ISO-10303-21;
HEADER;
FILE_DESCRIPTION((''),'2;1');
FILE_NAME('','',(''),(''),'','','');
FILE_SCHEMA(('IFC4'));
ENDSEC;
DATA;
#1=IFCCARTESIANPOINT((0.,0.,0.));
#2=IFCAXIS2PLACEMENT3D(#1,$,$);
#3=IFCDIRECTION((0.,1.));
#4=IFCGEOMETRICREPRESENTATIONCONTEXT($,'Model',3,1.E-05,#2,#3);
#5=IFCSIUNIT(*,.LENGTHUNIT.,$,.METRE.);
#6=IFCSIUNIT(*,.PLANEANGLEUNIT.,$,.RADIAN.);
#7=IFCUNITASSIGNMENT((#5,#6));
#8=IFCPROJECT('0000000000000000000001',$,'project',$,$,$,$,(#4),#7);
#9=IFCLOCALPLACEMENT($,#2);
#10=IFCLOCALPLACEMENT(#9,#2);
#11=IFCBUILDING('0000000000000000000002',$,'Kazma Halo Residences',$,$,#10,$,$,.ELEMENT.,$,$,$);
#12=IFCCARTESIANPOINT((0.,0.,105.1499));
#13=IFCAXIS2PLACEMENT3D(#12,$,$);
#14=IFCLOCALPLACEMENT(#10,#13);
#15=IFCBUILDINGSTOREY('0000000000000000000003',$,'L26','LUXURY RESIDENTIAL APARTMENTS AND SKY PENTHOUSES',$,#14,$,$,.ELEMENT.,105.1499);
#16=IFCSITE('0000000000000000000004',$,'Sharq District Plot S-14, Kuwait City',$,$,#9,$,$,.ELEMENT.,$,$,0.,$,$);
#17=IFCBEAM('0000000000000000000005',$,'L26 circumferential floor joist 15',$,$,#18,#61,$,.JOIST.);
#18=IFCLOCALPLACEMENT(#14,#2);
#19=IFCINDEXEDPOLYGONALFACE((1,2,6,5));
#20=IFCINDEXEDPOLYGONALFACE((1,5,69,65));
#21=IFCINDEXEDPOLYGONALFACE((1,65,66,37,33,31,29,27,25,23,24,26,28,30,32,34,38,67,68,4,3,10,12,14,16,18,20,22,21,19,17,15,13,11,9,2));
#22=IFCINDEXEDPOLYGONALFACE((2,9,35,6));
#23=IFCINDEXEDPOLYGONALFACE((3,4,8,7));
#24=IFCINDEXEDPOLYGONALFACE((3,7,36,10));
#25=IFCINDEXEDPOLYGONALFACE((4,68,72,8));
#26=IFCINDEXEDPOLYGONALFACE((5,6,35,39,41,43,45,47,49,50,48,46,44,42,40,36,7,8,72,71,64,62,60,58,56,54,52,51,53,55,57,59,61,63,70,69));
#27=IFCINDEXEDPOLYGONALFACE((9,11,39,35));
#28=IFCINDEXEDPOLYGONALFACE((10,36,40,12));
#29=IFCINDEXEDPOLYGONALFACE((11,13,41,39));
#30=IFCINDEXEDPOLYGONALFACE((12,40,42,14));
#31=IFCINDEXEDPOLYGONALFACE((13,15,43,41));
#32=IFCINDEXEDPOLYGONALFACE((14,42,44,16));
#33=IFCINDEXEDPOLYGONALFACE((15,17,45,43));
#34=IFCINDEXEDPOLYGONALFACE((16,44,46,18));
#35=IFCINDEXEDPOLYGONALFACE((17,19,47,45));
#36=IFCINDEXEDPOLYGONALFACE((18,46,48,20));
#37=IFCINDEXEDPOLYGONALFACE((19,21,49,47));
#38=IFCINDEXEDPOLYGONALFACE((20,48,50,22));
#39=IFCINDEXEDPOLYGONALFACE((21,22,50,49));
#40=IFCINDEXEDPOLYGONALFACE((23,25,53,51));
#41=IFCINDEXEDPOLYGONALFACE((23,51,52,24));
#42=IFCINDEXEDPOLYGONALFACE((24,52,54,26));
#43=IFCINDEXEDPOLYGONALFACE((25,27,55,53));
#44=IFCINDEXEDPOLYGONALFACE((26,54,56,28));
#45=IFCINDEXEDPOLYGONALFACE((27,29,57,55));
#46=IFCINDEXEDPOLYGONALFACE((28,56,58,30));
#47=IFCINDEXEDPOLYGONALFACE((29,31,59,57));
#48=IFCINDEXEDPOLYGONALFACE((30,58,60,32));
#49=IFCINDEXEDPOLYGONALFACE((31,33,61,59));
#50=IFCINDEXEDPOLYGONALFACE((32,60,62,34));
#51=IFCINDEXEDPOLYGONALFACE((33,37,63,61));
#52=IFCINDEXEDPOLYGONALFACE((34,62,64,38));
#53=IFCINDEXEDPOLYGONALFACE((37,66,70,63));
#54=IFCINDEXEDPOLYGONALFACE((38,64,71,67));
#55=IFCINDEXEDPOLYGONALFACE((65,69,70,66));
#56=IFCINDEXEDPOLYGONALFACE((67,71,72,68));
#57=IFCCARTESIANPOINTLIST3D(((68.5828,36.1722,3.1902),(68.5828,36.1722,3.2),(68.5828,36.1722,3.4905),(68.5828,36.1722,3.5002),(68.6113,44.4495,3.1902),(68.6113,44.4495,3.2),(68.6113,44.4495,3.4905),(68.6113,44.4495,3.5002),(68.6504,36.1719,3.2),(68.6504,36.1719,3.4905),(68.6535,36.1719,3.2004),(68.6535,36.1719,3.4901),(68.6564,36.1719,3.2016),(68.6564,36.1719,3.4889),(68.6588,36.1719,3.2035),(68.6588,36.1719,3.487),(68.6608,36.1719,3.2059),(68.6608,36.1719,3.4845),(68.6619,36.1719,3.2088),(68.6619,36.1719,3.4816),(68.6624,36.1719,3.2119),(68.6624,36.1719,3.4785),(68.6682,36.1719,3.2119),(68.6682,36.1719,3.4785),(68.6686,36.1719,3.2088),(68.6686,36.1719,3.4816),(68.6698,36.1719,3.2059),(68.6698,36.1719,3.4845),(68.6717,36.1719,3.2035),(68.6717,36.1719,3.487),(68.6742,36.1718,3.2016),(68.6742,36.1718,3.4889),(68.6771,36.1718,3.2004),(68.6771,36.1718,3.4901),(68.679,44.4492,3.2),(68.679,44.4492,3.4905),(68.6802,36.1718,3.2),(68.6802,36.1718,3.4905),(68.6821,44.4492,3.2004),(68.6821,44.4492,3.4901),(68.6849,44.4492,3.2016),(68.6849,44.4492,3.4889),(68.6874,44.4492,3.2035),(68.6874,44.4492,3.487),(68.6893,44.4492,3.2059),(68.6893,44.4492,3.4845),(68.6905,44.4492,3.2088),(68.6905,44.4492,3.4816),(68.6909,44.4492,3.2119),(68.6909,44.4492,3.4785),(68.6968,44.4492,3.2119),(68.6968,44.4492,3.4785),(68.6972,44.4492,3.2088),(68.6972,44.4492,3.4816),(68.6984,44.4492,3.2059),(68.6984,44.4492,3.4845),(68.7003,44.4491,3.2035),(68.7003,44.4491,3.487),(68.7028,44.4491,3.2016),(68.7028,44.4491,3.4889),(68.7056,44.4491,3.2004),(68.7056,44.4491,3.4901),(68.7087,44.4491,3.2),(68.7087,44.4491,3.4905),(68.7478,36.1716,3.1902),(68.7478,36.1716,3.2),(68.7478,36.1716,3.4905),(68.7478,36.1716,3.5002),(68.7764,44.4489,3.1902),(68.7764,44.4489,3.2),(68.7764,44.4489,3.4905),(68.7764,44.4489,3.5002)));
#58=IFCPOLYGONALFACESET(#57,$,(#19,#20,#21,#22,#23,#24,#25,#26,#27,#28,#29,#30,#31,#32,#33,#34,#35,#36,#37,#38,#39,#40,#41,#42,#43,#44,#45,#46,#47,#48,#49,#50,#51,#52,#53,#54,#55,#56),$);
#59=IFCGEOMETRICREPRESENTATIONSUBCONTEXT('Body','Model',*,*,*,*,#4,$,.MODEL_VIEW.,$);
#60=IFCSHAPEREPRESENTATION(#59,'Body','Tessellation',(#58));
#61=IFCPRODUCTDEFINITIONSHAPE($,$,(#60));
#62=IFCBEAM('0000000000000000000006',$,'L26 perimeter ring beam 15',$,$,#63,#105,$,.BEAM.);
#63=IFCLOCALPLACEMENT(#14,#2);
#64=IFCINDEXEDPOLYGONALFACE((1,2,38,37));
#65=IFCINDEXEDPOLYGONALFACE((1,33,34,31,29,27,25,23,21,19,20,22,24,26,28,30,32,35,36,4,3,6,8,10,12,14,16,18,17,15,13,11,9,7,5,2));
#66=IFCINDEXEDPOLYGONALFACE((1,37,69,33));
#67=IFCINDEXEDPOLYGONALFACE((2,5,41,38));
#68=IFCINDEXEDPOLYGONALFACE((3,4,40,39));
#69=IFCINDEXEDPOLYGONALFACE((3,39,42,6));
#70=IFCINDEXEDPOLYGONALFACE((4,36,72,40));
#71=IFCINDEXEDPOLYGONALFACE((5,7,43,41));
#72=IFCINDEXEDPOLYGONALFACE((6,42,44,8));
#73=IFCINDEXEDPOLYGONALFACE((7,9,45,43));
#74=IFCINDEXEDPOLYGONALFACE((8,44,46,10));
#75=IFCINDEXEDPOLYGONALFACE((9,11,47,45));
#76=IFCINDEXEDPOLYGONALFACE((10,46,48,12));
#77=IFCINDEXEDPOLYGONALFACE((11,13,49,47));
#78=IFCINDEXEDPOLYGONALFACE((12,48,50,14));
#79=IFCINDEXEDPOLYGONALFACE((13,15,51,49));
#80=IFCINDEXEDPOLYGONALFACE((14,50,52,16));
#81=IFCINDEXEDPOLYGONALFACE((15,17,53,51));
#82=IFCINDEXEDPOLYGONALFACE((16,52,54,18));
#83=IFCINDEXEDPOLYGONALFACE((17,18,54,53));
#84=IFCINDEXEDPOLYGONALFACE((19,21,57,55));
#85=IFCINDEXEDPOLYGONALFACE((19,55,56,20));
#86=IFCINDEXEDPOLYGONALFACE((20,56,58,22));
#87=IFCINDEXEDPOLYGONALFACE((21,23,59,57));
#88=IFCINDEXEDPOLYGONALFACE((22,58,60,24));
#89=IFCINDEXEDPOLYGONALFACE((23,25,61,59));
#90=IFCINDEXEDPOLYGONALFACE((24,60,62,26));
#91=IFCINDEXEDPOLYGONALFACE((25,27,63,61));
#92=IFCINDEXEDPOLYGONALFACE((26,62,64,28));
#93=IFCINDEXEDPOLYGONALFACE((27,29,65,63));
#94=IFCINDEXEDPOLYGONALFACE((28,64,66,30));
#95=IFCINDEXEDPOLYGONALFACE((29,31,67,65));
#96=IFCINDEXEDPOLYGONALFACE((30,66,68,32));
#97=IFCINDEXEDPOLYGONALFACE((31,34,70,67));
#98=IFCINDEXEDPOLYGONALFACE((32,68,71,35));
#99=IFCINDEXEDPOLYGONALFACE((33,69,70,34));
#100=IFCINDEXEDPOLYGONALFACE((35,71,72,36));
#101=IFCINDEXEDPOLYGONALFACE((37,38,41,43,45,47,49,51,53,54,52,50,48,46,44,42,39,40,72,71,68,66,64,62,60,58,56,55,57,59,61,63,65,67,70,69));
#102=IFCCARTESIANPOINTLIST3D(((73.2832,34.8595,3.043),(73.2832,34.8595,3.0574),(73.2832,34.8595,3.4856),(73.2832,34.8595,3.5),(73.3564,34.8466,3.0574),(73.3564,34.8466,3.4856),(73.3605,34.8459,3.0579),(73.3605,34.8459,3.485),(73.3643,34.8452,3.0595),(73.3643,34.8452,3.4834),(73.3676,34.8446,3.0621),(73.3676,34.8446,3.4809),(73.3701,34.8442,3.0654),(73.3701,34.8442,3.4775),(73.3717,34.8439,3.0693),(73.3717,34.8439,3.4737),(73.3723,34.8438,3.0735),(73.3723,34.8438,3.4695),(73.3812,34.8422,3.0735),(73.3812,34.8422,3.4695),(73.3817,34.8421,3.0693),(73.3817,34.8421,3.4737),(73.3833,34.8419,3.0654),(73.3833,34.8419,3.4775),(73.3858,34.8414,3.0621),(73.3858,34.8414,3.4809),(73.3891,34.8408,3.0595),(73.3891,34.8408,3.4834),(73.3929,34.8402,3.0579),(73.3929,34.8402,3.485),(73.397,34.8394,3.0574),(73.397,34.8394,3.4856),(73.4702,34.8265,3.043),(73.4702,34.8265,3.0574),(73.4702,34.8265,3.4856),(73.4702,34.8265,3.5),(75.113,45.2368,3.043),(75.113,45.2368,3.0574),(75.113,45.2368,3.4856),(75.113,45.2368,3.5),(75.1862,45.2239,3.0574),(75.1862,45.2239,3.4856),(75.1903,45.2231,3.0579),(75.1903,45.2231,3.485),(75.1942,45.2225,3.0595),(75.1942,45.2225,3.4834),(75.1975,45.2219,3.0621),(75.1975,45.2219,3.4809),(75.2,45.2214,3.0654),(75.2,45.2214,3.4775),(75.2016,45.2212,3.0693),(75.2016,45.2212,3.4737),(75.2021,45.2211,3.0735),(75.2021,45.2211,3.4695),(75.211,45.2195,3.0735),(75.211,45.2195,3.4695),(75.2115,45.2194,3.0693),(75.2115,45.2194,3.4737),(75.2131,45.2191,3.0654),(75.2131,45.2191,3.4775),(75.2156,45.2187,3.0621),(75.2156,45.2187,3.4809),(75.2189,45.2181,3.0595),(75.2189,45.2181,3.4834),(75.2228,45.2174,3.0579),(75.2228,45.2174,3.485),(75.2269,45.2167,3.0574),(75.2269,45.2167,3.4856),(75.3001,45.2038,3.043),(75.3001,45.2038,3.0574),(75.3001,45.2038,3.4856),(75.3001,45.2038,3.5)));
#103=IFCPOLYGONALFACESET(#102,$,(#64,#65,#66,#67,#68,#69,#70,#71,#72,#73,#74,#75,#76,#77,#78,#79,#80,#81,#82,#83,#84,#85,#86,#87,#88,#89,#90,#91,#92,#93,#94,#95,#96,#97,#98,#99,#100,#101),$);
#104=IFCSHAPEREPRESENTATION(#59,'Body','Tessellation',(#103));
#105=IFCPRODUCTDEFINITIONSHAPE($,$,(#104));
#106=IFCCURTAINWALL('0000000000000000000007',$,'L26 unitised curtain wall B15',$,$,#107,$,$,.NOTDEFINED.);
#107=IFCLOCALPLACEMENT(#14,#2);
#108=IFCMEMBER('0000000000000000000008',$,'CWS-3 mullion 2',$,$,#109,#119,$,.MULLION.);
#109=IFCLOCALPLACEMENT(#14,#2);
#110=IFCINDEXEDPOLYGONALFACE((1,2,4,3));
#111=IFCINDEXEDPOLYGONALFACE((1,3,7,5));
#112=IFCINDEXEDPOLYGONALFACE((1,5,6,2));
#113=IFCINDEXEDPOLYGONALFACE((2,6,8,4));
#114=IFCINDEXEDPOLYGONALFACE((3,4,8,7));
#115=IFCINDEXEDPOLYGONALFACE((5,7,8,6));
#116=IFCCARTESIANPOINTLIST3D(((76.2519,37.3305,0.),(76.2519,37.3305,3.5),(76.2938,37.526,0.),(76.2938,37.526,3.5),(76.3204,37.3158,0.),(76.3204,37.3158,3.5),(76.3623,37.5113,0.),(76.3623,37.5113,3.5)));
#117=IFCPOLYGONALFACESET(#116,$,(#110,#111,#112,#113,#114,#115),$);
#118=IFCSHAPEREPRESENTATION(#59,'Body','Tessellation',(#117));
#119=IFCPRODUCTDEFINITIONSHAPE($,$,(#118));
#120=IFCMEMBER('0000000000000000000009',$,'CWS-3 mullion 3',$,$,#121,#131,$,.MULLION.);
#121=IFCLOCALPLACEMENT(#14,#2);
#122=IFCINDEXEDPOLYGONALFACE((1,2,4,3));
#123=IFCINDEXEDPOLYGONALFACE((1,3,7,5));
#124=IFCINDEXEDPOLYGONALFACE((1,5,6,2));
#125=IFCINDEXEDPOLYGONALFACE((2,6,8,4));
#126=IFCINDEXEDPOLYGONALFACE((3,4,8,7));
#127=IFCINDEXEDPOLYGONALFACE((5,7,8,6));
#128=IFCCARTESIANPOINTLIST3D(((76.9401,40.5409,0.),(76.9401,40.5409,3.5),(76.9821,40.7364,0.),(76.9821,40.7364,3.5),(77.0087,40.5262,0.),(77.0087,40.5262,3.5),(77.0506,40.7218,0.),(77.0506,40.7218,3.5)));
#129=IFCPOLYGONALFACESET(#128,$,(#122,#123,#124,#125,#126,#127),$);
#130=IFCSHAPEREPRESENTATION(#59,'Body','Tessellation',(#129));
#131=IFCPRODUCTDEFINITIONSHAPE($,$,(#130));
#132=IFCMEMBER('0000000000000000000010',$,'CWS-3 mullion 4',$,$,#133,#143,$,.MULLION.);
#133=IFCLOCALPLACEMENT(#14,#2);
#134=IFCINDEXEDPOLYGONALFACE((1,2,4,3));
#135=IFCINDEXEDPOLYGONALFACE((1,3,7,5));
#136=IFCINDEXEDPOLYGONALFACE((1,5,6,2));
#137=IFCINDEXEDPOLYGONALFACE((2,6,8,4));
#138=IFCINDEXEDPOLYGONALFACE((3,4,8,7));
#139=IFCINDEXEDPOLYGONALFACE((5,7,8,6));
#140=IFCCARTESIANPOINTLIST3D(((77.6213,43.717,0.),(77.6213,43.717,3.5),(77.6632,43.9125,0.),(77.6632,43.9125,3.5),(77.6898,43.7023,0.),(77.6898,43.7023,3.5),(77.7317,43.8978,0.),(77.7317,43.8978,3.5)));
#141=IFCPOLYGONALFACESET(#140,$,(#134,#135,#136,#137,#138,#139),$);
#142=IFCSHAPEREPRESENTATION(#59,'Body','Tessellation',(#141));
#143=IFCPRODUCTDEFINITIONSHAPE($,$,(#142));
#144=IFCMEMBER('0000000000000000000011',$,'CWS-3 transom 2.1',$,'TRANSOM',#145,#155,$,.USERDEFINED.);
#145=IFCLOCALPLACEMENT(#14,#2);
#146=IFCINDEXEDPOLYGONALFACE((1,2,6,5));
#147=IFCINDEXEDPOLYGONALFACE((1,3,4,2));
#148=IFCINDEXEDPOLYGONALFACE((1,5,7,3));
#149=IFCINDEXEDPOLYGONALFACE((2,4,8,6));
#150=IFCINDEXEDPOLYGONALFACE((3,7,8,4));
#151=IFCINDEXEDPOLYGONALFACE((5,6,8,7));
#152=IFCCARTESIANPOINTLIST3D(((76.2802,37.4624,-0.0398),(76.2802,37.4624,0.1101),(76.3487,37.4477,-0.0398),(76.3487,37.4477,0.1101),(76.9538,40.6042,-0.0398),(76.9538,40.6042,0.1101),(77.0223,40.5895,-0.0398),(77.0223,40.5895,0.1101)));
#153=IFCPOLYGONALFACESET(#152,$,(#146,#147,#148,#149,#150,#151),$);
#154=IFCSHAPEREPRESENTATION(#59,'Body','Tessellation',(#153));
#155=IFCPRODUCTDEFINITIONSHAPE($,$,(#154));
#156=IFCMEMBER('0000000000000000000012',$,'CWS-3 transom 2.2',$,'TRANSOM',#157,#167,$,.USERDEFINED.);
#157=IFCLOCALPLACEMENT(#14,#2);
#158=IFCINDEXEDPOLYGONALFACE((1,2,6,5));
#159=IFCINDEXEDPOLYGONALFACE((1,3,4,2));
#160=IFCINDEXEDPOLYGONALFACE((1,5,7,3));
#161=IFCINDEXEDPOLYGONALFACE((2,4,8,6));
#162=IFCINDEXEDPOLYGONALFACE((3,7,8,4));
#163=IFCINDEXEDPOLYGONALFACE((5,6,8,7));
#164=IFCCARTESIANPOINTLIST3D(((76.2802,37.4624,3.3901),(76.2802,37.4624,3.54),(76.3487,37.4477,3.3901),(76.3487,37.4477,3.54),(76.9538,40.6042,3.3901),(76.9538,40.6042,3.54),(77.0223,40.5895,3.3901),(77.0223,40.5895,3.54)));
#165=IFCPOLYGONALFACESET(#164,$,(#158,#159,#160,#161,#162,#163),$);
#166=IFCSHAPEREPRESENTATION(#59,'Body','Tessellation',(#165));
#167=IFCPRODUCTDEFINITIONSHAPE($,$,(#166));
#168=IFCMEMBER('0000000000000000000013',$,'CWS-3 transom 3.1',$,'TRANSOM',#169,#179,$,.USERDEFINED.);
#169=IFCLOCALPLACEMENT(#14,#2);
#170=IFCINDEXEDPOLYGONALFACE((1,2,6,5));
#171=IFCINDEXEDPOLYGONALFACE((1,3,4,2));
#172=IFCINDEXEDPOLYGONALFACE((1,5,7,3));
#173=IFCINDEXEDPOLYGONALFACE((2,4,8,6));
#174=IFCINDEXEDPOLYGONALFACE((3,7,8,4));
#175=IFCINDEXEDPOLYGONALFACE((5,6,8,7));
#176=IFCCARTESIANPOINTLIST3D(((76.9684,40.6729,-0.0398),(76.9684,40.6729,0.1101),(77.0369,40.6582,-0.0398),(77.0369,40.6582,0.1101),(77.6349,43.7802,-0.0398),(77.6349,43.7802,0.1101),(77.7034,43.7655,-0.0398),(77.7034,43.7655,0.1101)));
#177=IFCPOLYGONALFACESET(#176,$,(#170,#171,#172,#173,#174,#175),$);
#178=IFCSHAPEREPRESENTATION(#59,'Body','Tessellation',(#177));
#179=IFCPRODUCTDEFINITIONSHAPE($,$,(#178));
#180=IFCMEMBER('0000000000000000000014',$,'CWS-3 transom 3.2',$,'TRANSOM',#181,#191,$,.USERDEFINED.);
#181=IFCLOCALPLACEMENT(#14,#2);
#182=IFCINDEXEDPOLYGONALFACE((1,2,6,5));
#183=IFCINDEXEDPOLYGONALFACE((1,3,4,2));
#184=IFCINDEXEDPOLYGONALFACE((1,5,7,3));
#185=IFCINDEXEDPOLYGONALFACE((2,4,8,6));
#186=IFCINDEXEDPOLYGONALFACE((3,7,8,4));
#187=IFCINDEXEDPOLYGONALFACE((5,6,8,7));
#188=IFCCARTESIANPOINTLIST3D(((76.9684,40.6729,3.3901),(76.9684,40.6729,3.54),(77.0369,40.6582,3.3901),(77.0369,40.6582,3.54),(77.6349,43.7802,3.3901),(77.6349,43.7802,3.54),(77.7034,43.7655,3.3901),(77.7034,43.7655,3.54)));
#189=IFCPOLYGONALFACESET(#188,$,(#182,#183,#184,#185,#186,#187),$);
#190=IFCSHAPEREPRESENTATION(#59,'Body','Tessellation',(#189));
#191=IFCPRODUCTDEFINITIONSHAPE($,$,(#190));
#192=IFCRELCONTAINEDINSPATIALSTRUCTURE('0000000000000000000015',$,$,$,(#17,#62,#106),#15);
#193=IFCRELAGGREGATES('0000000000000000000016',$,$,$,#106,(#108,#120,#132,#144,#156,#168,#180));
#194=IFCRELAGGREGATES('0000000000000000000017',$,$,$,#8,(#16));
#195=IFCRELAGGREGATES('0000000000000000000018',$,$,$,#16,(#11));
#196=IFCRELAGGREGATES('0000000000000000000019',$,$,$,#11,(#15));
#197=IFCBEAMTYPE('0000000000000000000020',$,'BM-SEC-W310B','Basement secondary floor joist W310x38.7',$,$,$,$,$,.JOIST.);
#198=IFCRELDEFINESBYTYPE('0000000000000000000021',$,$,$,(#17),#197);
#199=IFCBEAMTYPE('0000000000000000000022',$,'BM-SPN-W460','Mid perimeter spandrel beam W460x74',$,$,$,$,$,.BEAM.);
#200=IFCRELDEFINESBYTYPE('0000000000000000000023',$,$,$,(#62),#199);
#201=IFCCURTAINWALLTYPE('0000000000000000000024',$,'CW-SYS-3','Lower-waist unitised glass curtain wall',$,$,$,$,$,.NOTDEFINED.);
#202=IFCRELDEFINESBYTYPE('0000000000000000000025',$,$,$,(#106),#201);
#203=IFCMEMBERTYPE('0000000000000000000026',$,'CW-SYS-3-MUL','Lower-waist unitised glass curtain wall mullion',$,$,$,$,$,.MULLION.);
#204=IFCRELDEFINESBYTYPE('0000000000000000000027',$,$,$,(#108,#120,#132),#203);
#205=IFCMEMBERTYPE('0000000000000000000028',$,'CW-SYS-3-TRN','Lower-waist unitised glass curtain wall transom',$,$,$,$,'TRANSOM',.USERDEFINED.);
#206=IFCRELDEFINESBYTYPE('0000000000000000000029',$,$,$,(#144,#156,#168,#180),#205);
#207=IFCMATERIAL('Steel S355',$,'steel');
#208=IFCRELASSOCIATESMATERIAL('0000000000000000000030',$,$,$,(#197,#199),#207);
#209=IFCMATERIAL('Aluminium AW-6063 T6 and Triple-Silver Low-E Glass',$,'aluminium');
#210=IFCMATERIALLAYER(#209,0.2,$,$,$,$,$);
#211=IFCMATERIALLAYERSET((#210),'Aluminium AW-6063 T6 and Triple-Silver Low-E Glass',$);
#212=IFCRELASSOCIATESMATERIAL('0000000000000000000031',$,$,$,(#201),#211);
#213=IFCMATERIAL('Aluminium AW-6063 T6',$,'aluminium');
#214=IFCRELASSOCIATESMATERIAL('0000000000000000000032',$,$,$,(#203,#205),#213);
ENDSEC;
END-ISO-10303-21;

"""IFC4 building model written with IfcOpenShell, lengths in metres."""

from ifc_helpers import new_model, si_unit, direction, frame, origin, origin_2d, place, context, subcontext, project, spatial, rectangle, i_section, extrude, material, layer, layer_set, material_profile, profile_set, type_object, element, aggregate, save


model = new_model("IFC4")

# Units and contexts
model_context = context("Model", 3, precision=1e-05, world=origin(), true_north=direction((0.0, 1.0)))
body_context = subcontext(model_context, "Body", "Model", "MODEL_VIEW")
ifc_project = project(units=[si_unit("LENGTHUNIT", "METRE"), si_unit("PLANEANGLEUNIT", "RADIAN")], contexts=[model_context])

# Site, building, storey
site_placement = place(None, origin())
site = spatial("IfcSite", under=ifc_project, at=site_placement, Name="Sharq District Plot S-14, Kuwait City", CompositionType="ELEMENT", RefElevation=0.0)
building_placement = place(site_placement, origin())
building = spatial("IfcBuilding", under=site, at=building_placement, Name="Kazma Halo Residences", CompositionType="ELEMENT")
storey_placement = place(building_placement, frame((0.0, 0.0, 105.1499)))
storey = spatial("IfcBuildingStorey", under=building, at=storey_placement, Name="L26", Description="LUXURY RESIDENTIAL APARTMENTS AND SKY PENTHOUSES", CompositionType="ELEMENT", Elevation=105.1499)

# Beams
ifc_material_1 = material(Name="Steel S355", Category="steel")
ifc_material_profile_1 = material_profile(ifc_material_1, i_section(OverallWidth=0.165, OverallDepth=0.3101, WebThickness=0.0059, FlangeThickness=0.0098, FilletRadius=0.012, at=origin_2d()), Name="W310x38.7")
ifc_profile_set_1 = profile_set([ifc_material_profile_1], Name="Steel S355")
beam_type_1 = type_object("IfcBeamType", Name="BM-SEC-W310B", Description="Basement secondary floor joist W310x38.7", PredefinedType="JOIST", material=ifc_profile_set_1)
beam_1_placement = place(storey_placement, frame((68.6653, 36.1719, 3.3452), z_axis=(0.003451, 0.999994, 0.0), x_axis=(-0.999994, 0.003451, 0.0)))
element("IfcBeam", 1, at=beam_1_placement, inside=storey, type_object=beam_type_1, Name="L26 circumferential floor joist 15", PredefinedType="JOIST", context=body_context, shape_type="SweptSolid", body=[
    extrude(i_section(OverallWidth=0.165, OverallDepth=0.3101, WebThickness=0.0059, FlangeThickness=0.0098, FilletRadius=0.012, at=origin_2d()), origin(), (0.0, 0.0, 1.0), 8.2773),
])
ifc_material_profile_2 = material_profile(ifc_material_1, i_section(OverallWidth=0.1899, OverallDepth=0.457, WebThickness=0.009, FlangeThickness=0.0144, FilletRadius=0.0161, at=origin_2d()), Name="W460x74")
ifc_profile_set_2 = profile_set([ifc_material_profile_2], Name="Steel S355")
beam_type_2 = type_object("IfcBeamType", Name="BM-SPN-W460", Description="Mid perimeter spandrel beam W460x74", PredefinedType="BEAM", material=ifc_profile_set_2)
beam_2_placement = place(storey_placement, frame((73.3767, 34.843, 3.2715), z_axis=(0.173653, 0.984807, 0.0), x_axis=(-0.984807, 0.173653, 0.0)))
element("IfcBeam", 2, at=beam_2_placement, inside=storey, type_object=beam_type_2, Name="L26 perimeter ring beam 15", PredefinedType="BEAM", context=body_context, shape_type="SweptSolid", body=[
    extrude(i_section(OverallWidth=0.1899, OverallDepth=0.457, WebThickness=0.009, FlangeThickness=0.0144, FilletRadius=0.0161, at=origin_2d()), origin(), (0.0, 0.0, 1.0), 10.5374),
])

# Curtain wall, members
ifc_material_2 = material(Name="Aluminium AW-6063 T6 and Triple-Silver Low-E Glass", Category="aluminium")
ifc_layer_1 = layer(ifc_material_2, 0.2)
ifc_layer_set_1 = layer_set([ifc_layer_1], Name="Aluminium AW-6063 T6 and Triple-Silver Low-E Glass")
curtain_wall_type = type_object("IfcCurtainWallType", Name="CW-SYS-3", Description="Lower-waist unitised glass curtain wall", PredefinedType="NOTDEFINED", material=ifc_layer_set_1)
curtain_wall_placement = place(storey_placement, origin())
curtain_wall = element("IfcCurtainWall", 3, at=curtain_wall_placement, inside=storey, type_object=curtain_wall_type, Name="L26 unitised curtain wall B15", PredefinedType="NOTDEFINED")
ifc_material_3 = material(Name="Aluminium AW-6063 T6", Category="aluminium")
ifc_material_profile_3 = material_profile(ifc_material_3, rectangle(XDim=0.0701, YDim=0.2, at=origin_2d()), Name="CWM-70x200")
ifc_profile_set_3 = profile_set([ifc_material_profile_3], Name="Aluminium AW-6063 T6")
member_type_1 = type_object("IfcMemberType", Name="CW-SYS-3-MUL", Description="Lower-waist unitised glass curtain wall mullion", PredefinedType="MULLION", material=ifc_profile_set_3)
member_1_placement = place(storey_placement, frame((76.3071, 37.4209, 0.0), z_axis=(0.0, 0.0, 1.0), x_axis=(-0.977774, 0.209661, 0.0)))
member_1 = element("IfcMember", 4, at=member_1_placement, type_object=member_type_1, Name="CWS-3 mullion 2", PredefinedType="MULLION", context=body_context, shape_type="SweptSolid", body=[
    extrude(rectangle(XDim=0.0701, YDim=0.2, at=origin_2d()), origin(), (0.0, 0.0, 1.0), 3.5),
])
member_2_placement = place(storey_placement, frame((76.9954, 40.6313, 0.0), z_axis=(0.0, 0.0, 1.0), x_axis=(-0.977774, 0.209661, 0.0)))
member_2 = element("IfcMember", 5, at=member_2_placement, type_object=member_type_1, Name="CWS-3 mullion 3", PredefinedType="MULLION", context=body_context, shape_type="SweptSolid", body=[
    extrude(rectangle(XDim=0.0701, YDim=0.2, at=origin_2d()), origin(), (0.0, 0.0, 1.0), 3.5),
])
member_3_placement = place(storey_placement, frame((77.6765, 43.8074, 0.0), z_axis=(0.0, 0.0, 1.0), x_axis=(-0.977774, 0.209661, 0.0)))
member_3 = element("IfcMember", 6, at=member_3_placement, type_object=member_type_1, Name="CWS-3 mullion 4", PredefinedType="MULLION", context=body_context, shape_type="SweptSolid", body=[
    extrude(rectangle(XDim=0.0701, YDim=0.2, at=origin_2d()), origin(), (0.0, 0.0, 1.0), 3.5),
])
ifc_material_profile_4 = material_profile(ifc_material_3, rectangle(XDim=0.0701, YDim=0.1499, at=origin_2d()), Name="CWT-70x150")
ifc_profile_set_4 = profile_set([ifc_material_profile_4], Name="Aluminium AW-6063 T6")
member_type_2 = type_object("IfcMemberType", Name="CW-SYS-3-TRN", Description="Lower-waist unitised glass curtain wall transom", ElementType="TRANSOM", PredefinedType="USERDEFINED", material=ifc_profile_set_4)
member_4_placement = place(storey_placement, frame((76.3145, 37.4551, 0.0352), z_axis=(0.209628, 0.977781, 0.0), x_axis=(-0.977781, 0.209628, 0.0)))
member_4 = element("IfcMember", 7, at=member_4_placement, type_object=member_type_2, Name="CWS-3 transom 2.1", ObjectType="TRANSOM", PredefinedType="USERDEFINED", context=body_context, shape_type="SweptSolid", body=[
    extrude(rectangle(XDim=0.0701, YDim=0.1499, at=origin_2d()), origin(), (0.0, 0.0, 1.0), 3.2131),
])
member_5_placement = place(storey_placement, frame((76.3145, 37.4551, 3.4651), z_axis=(0.209628, 0.977781, 0.0), x_axis=(-0.977781, 0.209628, 0.0)))
member_5 = element("IfcMember", 8, at=member_5_placement, type_object=member_type_2, Name="CWS-3 transom 2.2", ObjectType="TRANSOM", PredefinedType="USERDEFINED", context=body_context, shape_type="SweptSolid", body=[
    extrude(rectangle(XDim=0.0701, YDim=0.1499, at=origin_2d()), origin(), (0.0, 0.0, 1.0), 3.2131),
])
member_6_placement = place(storey_placement, frame((77.0027, 40.6655, 0.0352), z_axis=(0.209718, 0.977762, 0.0), x_axis=(-0.977762, 0.209718, 0.0)))
member_6 = element("IfcMember", 9, at=member_6_placement, type_object=member_type_2, Name="CWS-3 transom 3.1", ObjectType="TRANSOM", PredefinedType="USERDEFINED", context=body_context, shape_type="SweptSolid", body=[
    extrude(rectangle(XDim=0.0701, YDim=0.1499, at=origin_2d()), origin(), (0.0, 0.0, 1.0), 3.178),
])
member_7_placement = place(storey_placement, frame((77.0027, 40.6655, 3.4651), z_axis=(0.209718, 0.977762, 0.0), x_axis=(-0.977762, 0.209718, 0.0)))
member_7 = element("IfcMember", 10, at=member_7_placement, type_object=member_type_2, Name="CWS-3 transom 3.2", ObjectType="TRANSOM", PredefinedType="USERDEFINED", context=body_context, shape_type="SweptSolid", body=[
    extrude(rectangle(XDim=0.0701, YDim=0.1499, at=origin_2d()), origin(), (0.0, 0.0, 1.0), 3.178),
])
aggregate(curtain_wall, [member_1, member_2, member_3, member_4, member_5, member_6, member_7])

save(model, "model.ifc")
